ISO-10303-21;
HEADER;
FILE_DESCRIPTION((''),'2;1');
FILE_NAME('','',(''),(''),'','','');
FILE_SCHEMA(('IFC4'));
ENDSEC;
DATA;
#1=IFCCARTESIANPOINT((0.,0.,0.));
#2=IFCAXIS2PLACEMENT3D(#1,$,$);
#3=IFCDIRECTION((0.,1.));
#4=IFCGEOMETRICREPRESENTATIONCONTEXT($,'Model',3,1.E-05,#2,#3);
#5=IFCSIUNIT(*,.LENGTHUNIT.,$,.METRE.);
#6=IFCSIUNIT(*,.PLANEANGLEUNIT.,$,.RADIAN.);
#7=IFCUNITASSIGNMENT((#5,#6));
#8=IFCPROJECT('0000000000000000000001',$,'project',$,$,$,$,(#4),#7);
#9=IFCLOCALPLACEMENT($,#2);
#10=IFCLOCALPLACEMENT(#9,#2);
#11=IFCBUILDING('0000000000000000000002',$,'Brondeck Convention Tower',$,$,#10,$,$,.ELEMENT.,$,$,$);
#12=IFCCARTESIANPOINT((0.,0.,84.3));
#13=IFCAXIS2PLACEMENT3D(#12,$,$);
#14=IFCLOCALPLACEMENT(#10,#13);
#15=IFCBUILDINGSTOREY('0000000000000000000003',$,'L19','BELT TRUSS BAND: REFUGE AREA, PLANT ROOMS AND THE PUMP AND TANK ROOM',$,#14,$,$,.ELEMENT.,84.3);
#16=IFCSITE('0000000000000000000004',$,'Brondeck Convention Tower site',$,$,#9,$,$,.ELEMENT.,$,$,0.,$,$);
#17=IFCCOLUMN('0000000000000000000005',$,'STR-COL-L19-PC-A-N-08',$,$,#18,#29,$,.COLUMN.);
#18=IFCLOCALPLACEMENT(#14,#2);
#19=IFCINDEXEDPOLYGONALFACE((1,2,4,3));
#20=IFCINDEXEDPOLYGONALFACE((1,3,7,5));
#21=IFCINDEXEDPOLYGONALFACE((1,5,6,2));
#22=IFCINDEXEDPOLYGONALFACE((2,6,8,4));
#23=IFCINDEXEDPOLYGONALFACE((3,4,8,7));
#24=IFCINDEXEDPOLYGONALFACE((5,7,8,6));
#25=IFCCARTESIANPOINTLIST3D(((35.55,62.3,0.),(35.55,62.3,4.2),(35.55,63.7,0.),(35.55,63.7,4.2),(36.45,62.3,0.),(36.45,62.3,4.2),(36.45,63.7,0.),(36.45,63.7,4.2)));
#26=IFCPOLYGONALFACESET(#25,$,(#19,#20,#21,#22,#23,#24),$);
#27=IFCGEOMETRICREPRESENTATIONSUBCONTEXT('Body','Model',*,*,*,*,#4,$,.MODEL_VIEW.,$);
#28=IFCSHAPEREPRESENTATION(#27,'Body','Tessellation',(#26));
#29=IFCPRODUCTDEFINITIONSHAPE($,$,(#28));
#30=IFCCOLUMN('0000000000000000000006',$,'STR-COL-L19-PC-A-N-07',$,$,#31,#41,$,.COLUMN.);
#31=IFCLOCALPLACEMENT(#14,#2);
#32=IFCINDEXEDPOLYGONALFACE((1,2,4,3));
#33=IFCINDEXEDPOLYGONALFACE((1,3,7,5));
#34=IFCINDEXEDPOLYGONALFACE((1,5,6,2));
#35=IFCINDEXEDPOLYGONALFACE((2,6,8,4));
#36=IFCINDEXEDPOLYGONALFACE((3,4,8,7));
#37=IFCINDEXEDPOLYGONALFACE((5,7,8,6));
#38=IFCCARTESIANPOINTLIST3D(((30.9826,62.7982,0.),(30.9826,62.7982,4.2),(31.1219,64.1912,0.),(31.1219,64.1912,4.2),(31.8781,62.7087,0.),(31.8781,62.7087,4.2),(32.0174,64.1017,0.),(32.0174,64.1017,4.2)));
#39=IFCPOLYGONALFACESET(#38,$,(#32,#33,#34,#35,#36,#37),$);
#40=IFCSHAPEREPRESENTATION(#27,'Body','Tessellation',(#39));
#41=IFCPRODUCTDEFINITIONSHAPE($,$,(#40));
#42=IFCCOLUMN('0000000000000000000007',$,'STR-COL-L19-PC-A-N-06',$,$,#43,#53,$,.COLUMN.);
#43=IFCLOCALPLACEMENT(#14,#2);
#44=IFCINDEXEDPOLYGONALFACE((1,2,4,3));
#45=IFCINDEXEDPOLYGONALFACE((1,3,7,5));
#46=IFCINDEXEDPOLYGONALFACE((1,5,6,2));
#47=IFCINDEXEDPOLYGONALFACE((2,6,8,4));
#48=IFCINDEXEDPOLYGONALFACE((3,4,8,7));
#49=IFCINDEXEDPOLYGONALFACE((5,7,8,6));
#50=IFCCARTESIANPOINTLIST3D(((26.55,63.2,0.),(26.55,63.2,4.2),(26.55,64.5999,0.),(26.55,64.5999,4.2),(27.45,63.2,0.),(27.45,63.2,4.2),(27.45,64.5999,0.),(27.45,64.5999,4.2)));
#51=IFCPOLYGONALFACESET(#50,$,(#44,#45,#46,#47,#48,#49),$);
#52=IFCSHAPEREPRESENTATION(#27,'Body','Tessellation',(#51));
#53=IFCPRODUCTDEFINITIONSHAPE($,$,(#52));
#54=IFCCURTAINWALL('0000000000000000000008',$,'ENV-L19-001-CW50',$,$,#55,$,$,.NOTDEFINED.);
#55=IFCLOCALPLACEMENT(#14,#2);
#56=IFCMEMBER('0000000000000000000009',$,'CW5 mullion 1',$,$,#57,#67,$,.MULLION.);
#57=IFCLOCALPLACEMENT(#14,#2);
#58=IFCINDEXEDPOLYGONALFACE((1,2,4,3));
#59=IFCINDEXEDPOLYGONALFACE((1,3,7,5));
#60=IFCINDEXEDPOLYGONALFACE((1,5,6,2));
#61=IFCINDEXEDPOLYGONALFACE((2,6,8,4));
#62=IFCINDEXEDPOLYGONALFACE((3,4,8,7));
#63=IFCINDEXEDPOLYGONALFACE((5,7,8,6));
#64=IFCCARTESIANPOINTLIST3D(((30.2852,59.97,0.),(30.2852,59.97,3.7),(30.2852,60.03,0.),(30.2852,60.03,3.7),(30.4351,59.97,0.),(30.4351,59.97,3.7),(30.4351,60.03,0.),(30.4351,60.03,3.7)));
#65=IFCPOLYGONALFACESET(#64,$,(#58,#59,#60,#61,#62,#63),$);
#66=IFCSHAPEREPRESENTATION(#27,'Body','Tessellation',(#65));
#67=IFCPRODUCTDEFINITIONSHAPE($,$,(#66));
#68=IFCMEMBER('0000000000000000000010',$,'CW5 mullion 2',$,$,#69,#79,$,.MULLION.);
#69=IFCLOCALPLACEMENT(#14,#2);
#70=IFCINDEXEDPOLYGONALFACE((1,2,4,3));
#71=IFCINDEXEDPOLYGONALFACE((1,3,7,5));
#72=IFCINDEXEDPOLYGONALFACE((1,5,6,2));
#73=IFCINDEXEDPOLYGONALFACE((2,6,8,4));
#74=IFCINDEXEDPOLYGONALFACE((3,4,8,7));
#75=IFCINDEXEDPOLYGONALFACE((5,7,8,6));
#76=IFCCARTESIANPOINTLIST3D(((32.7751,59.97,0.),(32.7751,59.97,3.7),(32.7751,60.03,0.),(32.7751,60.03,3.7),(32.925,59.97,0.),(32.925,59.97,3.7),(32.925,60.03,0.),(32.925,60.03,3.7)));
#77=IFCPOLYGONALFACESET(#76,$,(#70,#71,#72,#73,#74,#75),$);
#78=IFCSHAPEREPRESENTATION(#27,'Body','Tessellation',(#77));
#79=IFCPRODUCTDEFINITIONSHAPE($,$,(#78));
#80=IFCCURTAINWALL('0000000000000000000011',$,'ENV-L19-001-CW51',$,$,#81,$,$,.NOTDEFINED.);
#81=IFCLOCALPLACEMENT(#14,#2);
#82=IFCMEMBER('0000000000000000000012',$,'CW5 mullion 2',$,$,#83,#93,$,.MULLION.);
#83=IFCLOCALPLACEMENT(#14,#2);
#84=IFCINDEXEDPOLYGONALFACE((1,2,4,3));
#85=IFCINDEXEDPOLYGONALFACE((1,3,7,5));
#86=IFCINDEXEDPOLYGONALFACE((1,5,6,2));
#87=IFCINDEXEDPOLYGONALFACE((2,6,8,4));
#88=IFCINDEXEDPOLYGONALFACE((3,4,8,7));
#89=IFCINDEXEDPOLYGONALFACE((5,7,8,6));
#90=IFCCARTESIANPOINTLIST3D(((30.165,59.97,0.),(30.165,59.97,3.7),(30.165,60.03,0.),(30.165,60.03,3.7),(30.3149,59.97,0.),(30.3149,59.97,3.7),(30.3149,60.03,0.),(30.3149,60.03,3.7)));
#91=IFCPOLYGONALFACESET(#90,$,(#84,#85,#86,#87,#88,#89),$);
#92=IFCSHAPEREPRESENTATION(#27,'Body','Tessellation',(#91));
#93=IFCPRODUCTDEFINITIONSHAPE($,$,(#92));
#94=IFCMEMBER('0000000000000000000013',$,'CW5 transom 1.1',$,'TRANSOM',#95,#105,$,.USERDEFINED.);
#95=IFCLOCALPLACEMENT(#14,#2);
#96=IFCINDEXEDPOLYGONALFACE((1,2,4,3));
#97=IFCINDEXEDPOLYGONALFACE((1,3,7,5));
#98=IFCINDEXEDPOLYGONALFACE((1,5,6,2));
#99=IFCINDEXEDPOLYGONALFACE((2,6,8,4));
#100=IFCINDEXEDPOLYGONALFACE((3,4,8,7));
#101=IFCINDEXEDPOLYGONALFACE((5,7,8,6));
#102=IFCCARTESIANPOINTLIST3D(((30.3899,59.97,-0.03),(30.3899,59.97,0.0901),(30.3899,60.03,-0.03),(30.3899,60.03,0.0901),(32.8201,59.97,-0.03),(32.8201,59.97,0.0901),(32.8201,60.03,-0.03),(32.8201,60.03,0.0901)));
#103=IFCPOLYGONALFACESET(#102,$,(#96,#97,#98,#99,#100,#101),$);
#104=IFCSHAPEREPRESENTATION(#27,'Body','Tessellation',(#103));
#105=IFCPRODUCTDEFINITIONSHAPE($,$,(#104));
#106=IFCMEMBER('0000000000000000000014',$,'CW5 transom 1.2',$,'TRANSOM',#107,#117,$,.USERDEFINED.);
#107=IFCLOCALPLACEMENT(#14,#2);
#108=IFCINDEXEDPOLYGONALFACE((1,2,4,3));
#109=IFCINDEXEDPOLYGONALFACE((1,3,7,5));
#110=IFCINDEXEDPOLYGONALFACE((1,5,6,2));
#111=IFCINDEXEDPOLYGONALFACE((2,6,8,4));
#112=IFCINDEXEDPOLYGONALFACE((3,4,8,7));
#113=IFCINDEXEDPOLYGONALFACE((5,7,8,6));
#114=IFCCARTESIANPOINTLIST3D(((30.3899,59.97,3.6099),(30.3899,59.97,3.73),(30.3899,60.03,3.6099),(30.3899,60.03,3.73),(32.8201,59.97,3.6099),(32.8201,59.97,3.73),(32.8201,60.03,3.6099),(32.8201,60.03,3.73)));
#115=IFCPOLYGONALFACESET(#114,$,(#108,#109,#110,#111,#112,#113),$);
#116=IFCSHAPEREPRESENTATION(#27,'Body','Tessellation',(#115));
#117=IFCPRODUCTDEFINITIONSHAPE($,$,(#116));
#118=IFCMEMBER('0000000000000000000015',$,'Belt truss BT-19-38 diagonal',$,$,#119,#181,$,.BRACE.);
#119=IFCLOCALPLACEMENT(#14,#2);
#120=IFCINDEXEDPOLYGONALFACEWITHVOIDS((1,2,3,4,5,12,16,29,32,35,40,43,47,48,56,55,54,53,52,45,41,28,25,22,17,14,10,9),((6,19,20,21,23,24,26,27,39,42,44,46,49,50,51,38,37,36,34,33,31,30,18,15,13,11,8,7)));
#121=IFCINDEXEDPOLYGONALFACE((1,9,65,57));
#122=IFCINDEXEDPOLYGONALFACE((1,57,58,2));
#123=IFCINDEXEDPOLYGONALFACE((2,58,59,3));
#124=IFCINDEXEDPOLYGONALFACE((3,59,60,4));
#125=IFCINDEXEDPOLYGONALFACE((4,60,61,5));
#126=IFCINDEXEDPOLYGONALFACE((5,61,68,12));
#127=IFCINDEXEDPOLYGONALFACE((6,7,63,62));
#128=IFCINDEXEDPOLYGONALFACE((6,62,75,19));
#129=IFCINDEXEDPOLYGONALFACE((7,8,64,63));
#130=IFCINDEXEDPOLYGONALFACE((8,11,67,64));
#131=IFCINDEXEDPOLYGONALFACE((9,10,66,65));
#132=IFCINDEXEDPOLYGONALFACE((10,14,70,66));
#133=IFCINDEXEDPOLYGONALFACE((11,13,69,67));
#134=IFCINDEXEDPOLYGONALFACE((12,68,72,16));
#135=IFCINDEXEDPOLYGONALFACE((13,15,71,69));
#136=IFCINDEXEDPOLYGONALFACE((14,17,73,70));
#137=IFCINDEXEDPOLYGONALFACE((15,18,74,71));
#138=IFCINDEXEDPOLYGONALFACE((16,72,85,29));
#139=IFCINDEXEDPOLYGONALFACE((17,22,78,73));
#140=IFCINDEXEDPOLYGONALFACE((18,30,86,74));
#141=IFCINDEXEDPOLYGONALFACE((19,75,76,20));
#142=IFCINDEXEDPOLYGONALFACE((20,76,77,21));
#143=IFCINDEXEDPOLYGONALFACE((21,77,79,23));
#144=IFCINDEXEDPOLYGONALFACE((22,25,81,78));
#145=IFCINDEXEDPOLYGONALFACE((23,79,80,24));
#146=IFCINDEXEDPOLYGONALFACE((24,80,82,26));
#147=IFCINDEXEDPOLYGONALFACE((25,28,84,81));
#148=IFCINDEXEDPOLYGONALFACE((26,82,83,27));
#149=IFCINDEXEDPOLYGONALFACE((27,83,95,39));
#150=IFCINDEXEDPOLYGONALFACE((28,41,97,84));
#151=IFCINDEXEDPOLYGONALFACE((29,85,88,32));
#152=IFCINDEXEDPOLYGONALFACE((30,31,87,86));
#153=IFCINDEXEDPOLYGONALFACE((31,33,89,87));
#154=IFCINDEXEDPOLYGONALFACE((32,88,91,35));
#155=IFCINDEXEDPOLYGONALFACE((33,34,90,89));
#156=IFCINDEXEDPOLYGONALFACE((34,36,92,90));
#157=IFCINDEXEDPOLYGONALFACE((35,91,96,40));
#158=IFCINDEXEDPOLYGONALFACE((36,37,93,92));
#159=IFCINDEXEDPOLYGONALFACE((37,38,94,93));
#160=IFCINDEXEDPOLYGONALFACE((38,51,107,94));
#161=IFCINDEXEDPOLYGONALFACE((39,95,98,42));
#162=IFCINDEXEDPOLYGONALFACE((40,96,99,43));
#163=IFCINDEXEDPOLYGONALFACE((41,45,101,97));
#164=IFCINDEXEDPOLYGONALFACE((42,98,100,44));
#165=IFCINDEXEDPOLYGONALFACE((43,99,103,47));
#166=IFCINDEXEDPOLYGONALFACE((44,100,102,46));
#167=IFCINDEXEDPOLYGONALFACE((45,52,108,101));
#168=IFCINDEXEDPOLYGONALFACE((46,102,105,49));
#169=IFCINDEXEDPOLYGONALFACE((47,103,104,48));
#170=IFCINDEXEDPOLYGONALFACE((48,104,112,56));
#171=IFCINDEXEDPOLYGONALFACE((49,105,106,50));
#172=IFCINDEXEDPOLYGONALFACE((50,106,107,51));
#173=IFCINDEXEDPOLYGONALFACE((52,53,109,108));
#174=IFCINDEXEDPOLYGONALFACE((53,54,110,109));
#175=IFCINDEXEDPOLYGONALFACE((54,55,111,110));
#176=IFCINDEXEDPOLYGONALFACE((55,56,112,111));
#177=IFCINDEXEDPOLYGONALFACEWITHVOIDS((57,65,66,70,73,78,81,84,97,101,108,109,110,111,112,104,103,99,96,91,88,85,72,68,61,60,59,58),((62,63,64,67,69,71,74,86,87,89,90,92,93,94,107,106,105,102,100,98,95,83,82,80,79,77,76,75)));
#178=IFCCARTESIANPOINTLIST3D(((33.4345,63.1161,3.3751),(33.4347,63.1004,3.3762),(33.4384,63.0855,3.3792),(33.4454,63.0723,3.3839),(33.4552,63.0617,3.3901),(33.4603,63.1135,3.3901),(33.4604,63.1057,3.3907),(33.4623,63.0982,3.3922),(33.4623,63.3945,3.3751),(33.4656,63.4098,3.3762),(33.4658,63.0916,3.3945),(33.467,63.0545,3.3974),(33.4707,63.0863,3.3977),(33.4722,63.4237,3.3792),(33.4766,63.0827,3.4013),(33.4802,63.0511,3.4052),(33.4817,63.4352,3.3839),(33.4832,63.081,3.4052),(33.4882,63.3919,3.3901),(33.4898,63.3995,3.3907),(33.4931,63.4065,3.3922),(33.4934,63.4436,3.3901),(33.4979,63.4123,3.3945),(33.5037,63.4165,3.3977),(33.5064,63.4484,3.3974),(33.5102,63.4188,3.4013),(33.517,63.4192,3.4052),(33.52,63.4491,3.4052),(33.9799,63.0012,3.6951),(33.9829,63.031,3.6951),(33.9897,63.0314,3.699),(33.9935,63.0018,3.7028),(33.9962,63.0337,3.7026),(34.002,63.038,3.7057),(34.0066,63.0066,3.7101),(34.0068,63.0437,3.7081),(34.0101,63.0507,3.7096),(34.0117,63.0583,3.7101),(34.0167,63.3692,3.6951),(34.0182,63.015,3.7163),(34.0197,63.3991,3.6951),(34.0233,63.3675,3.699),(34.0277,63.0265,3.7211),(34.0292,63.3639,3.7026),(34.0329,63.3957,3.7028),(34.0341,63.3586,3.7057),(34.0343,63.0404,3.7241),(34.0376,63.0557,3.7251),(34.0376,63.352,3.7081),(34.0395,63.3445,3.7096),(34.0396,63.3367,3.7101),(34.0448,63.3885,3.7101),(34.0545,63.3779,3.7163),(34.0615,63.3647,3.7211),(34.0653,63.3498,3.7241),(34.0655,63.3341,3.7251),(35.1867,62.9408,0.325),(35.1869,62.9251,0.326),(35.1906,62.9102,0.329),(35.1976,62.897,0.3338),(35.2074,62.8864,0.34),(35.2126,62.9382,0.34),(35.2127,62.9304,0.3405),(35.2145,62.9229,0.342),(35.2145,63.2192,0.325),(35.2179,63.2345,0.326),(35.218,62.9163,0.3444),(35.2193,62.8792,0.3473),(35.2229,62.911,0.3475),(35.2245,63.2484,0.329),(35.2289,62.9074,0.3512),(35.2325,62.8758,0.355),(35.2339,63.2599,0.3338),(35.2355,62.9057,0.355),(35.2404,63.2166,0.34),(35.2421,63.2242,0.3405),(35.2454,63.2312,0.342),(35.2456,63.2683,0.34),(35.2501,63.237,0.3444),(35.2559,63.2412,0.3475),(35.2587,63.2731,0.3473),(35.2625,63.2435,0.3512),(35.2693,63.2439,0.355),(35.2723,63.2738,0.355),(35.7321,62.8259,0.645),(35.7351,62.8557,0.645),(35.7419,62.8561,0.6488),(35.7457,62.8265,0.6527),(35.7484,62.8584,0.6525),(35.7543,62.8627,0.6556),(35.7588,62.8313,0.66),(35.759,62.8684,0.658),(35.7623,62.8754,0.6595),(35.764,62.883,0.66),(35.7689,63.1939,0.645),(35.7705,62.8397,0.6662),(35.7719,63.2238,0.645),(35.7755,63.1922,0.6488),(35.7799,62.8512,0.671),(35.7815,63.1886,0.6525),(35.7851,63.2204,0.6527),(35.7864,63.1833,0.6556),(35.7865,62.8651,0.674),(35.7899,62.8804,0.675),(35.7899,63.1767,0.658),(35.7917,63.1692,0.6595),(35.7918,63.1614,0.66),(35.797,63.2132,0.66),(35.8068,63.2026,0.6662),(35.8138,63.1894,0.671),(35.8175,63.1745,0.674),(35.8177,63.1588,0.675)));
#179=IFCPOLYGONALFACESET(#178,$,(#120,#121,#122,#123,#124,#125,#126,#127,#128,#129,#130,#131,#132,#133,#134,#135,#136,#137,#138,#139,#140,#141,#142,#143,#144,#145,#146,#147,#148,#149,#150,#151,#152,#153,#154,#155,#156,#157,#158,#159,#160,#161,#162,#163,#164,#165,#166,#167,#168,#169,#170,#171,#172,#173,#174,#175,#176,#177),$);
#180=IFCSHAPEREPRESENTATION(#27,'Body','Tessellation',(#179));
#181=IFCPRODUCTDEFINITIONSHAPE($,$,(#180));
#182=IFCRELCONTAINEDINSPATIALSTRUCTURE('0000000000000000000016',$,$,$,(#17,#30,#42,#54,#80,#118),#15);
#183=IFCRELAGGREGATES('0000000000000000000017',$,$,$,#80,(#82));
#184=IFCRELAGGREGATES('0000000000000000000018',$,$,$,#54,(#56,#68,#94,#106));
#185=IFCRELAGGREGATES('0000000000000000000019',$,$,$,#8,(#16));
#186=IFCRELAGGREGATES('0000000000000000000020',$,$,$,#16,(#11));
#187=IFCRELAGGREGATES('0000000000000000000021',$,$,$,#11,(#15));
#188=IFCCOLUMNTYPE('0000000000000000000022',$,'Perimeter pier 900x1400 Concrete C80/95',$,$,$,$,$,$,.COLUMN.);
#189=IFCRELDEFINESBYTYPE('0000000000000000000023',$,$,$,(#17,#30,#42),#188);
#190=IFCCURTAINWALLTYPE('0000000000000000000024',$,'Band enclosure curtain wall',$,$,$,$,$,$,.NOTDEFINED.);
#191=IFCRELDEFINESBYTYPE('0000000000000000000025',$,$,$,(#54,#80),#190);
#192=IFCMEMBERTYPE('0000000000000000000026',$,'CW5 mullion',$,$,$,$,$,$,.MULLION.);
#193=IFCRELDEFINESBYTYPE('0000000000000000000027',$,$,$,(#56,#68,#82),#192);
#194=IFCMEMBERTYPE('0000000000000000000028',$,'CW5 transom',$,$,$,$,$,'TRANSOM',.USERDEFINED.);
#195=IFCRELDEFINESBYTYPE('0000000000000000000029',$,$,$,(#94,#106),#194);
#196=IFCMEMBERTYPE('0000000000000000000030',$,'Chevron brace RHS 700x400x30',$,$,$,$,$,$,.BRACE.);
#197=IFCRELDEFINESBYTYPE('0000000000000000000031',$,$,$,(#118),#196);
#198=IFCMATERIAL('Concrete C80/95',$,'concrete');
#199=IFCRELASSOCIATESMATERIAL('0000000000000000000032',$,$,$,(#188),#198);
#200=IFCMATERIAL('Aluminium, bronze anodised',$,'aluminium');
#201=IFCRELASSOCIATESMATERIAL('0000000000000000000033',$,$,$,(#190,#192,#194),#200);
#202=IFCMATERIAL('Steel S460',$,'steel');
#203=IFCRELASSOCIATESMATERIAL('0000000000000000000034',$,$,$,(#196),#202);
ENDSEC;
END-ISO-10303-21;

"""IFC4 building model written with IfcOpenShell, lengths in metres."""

from ifc_helpers import new_model, si_unit, direction, frame, origin, origin_2d, place, context, subcontext, project, spatial, rectangle, hollow_rectangle, extrude, material, material_profile, profile_set, type_object, element, aggregate, save


model = new_model("IFC4")

# Units and contexts
model_context = context("Model", 3, precision=1e-05, world=origin(), true_north=direction((0.0, 1.0)))
body_context = subcontext(model_context, "Body", "Model", "MODEL_VIEW")
ifc_project = project(units=[si_unit("LENGTHUNIT", "METRE"), si_unit("PLANEANGLEUNIT", "RADIAN")], contexts=[model_context])

# Site, building, storey
site_placement = place(None, origin())
site = spatial("IfcSite", under=ifc_project, at=site_placement, Name="Brondeck Convention Tower site", CompositionType="ELEMENT", RefElevation=0.0)
building_placement = place(site_placement, origin())
building = spatial("IfcBuilding", under=site, at=building_placement, Name="Brondeck Convention Tower", CompositionType="ELEMENT")
storey_placement = place(building_placement, frame((0.0, 0.0, 84.3)))
storey = spatial("IfcBuildingStorey", under=building, at=storey_placement, Name="L19", Description="BELT TRUSS BAND: REFUGE AREA, PLANT ROOMS AND THE PUMP AND TANK ROOM", CompositionType="ELEMENT", Elevation=84.3)

# Columns
ifc_material_1 = material(Name="Concrete C80/95", Category="concrete")
ifc_material_profile_1 = material_profile(ifc_material_1, rectangle(XDim=0.8999, YDim=1.3999, at=origin_2d()), Name="Perimeter pier 900x1400 Concrete C80/95")
ifc_profile_set_1 = profile_set([ifc_material_profile_1], Name="Concrete C80/95")
column_type = type_object("IfcColumnType", Name="Perimeter pier 900x1400 Concrete C80/95", PredefinedType="COLUMN", material=ifc_profile_set_1)
for number, where, z_axis, x_axis, name in (
    (1, (36.0, 63.0, 0.0), (0.0, 0.0, 1.0), (-1.0, 0.0, 0.0), "STR-COL-L19-PC-A-N-08"),
    (2, (31.5, 63.45, 0.0), (0.0, 0.0, 1.0), (-0.995037, 0.099504, 0.0), "STR-COL-L19-PC-A-N-07"),
    (3, (27.0, 63.8999, 0.0), (0.0, 0.0, 1.0), (-1.0, 0.0, 0.0), "STR-COL-L19-PC-A-N-06"),
):
    element("IfcColumn", number, at=place(storey_placement, frame(where, z_axis=z_axis, x_axis=x_axis)), inside=storey, type_object=column_type, Name=name, PredefinedType="COLUMN", context=body_context, shape_type="SweptSolid", body=[
        extrude(rectangle(XDim=0.8999, YDim=1.3999, at=origin_2d()), origin(), (0.0, 0.0, 1.0), 4.2),
    ])

# Curtain wall, members
ifc_material_2 = material(Name="Aluminium, bronze anodised", Category="aluminium")
curtain_wall_type = type_object("IfcCurtainWallType", Name="Band enclosure curtain wall", PredefinedType="NOTDEFINED", material=ifc_material_2)
curtain_wall_1_placement = place(storey_placement, origin())
curtain_wall_1 = element("IfcCurtainWall", 4, at=curtain_wall_1_placement, inside=storey, type_object=curtain_wall_type, Name="ENV-L19-001-CW50", PredefinedType="NOTDEFINED")
ifc_material_profile_2 = material_profile(ifc_material_2, rectangle(XDim=0.0601, YDim=0.1499, at=origin_2d()), Name="CW5 mullion")
ifc_profile_set_2 = profile_set([ifc_material_profile_2], Name="Aluminium, bronze anodised")
member_type_1 = type_object("IfcMemberType", Name="CW5 mullion", PredefinedType="MULLION", material=ifc_profile_set_2)
member_1_placement = place(storey_placement, frame((30.3601, 60.0, 0.0), z_axis=(0.0, 0.0, 1.0), x_axis=(0.0, 1.0, 0.0)))
member_1 = element("IfcMember", 5, at=member_1_placement, type_object=member_type_1, Name="CW5 mullion 1", PredefinedType="MULLION", context=body_context, shape_type="SweptSolid", body=[
    extrude(rectangle(XDim=0.0601, YDim=0.1499, at=origin_2d()), origin(), (0.0, 0.0, 1.0), 3.7),
])
member_2_placement = place(storey_placement, frame((32.8501, 60.0, 0.0), z_axis=(0.0, 0.0, 1.0), x_axis=(0.0, 1.0, 0.0)))
member_2 = element("IfcMember", 6, at=member_2_placement, type_object=member_type_1, Name="CW5 mullion 2", PredefinedType="MULLION", context=body_context, shape_type="SweptSolid", body=[
    extrude(rectangle(XDim=0.0601, YDim=0.1499, at=origin_2d()), origin(), (0.0, 0.0, 1.0), 3.7),
])

# Curtain wall, member
curtain_wall_2_placement = place(storey_placement, origin())
curtain_wall_2 = element("IfcCurtainWall", 7, at=curtain_wall_2_placement, inside=storey, type_object=curtain_wall_type, Name="ENV-L19-001-CW51", PredefinedType="NOTDEFINED")
member_3_placement = place(storey_placement, frame((30.24, 60.0, 0.0), z_axis=(0.0, 0.0, 1.0), x_axis=(0.0, 1.0, 0.0)))
member_3 = element("IfcMember", 8, at=member_3_placement, type_object=member_type_1, Name="CW5 mullion 2", PredefinedType="MULLION", context=body_context, shape_type="SweptSolid", body=[
    extrude(rectangle(XDim=0.0601, YDim=0.1499, at=origin_2d()), origin(), (0.0, 0.0, 1.0), 3.7),
])
aggregate(curtain_wall_2, [member_3])

# Members
ifc_material_profile_3 = material_profile(ifc_material_2, rectangle(XDim=0.0601, YDim=0.1201, at=origin_2d()), Name="CW5 transom")
ifc_profile_set_3 = profile_set([ifc_material_profile_3], Name="Aluminium, bronze anodised")
member_type_2 = type_object("IfcMemberType", Name="CW5 transom", ElementType="TRANSOM", PredefinedType="USERDEFINED", material=ifc_profile_set_3)
member_4_placement = place(storey_placement, frame((30.3899, 60.0, 0.03), z_axis=(1.0, 0.0, 0.0), x_axis=(0.0, 1.0, 0.0)))
member_4 = element("IfcMember", 9, at=member_4_placement, type_object=member_type_2, Name="CW5 transom 1.1", ObjectType="TRANSOM", PredefinedType="USERDEFINED", context=body_context, shape_type="SweptSolid", body=[
    extrude(rectangle(XDim=0.0601, YDim=0.1201, at=origin_2d()), origin(), (0.0, 0.0, 1.0), 2.4302),
])
member_5_placement = place(storey_placement, frame((30.3899, 60.0, 3.6699), z_axis=(1.0, 0.0, 0.0), x_axis=(0.0, 1.0, 0.0)))
member_5 = element("IfcMember", 10, at=member_5_placement, type_object=member_type_2, Name="CW5 transom 1.2", ObjectType="TRANSOM", PredefinedType="USERDEFINED", context=body_context, shape_type="SweptSolid", body=[
    extrude(rectangle(XDim=0.0601, YDim=0.1201, at=origin_2d()), origin(), (0.0, 0.0, 1.0), 2.4302),
])

# Member
ifc_material_3 = material(Name="Steel S460", Category="steel")
ifc_material_profile_4 = material_profile(ifc_material_3, hollow_rectangle(XDim=0.3999, YDim=0.7, WallThickness=0.03, InnerFilletRadius=0.03, OuterFilletRadius=0.0601, at=origin_2d()), Name="RHS 700x400x30")
ifc_profile_set_4 = profile_set([ifc_material_profile_4], Name="Steel S460")
member_type_3 = type_object("IfcMemberType", Name="Chevron brace RHS 700x400x30", PredefinedType="BRACE", material=ifc_profile_set_4)
for number, where, z_axis, x_axis, name in (
    (11, (35.5022, 63.0498, 0.5), (-0.497516, 0.049772, 0.866026), (-0.099545, -0.995033, 0.0), "Belt truss BT-19-38 diagonal"),
):
    element("IfcMember", number, at=place(storey_placement, frame(where, z_axis=z_axis, x_axis=x_axis)), inside=storey, type_object=member_type_3, Name=name, PredefinedType="BRACE", context=body_context, shape_type="SweptSolid", body=[
        extrude(hollow_rectangle(XDim=0.3999, YDim=0.7, WallThickness=0.03, InnerFilletRadius=0.03, OuterFilletRadius=0.0601, at=origin_2d()), origin(), (0.0, 0.0, 1.0), 3.522),
    ])

aggregate(curtain_wall_1, [member_1, member_2, member_4, member_5])

save(model, "model.ifc")
